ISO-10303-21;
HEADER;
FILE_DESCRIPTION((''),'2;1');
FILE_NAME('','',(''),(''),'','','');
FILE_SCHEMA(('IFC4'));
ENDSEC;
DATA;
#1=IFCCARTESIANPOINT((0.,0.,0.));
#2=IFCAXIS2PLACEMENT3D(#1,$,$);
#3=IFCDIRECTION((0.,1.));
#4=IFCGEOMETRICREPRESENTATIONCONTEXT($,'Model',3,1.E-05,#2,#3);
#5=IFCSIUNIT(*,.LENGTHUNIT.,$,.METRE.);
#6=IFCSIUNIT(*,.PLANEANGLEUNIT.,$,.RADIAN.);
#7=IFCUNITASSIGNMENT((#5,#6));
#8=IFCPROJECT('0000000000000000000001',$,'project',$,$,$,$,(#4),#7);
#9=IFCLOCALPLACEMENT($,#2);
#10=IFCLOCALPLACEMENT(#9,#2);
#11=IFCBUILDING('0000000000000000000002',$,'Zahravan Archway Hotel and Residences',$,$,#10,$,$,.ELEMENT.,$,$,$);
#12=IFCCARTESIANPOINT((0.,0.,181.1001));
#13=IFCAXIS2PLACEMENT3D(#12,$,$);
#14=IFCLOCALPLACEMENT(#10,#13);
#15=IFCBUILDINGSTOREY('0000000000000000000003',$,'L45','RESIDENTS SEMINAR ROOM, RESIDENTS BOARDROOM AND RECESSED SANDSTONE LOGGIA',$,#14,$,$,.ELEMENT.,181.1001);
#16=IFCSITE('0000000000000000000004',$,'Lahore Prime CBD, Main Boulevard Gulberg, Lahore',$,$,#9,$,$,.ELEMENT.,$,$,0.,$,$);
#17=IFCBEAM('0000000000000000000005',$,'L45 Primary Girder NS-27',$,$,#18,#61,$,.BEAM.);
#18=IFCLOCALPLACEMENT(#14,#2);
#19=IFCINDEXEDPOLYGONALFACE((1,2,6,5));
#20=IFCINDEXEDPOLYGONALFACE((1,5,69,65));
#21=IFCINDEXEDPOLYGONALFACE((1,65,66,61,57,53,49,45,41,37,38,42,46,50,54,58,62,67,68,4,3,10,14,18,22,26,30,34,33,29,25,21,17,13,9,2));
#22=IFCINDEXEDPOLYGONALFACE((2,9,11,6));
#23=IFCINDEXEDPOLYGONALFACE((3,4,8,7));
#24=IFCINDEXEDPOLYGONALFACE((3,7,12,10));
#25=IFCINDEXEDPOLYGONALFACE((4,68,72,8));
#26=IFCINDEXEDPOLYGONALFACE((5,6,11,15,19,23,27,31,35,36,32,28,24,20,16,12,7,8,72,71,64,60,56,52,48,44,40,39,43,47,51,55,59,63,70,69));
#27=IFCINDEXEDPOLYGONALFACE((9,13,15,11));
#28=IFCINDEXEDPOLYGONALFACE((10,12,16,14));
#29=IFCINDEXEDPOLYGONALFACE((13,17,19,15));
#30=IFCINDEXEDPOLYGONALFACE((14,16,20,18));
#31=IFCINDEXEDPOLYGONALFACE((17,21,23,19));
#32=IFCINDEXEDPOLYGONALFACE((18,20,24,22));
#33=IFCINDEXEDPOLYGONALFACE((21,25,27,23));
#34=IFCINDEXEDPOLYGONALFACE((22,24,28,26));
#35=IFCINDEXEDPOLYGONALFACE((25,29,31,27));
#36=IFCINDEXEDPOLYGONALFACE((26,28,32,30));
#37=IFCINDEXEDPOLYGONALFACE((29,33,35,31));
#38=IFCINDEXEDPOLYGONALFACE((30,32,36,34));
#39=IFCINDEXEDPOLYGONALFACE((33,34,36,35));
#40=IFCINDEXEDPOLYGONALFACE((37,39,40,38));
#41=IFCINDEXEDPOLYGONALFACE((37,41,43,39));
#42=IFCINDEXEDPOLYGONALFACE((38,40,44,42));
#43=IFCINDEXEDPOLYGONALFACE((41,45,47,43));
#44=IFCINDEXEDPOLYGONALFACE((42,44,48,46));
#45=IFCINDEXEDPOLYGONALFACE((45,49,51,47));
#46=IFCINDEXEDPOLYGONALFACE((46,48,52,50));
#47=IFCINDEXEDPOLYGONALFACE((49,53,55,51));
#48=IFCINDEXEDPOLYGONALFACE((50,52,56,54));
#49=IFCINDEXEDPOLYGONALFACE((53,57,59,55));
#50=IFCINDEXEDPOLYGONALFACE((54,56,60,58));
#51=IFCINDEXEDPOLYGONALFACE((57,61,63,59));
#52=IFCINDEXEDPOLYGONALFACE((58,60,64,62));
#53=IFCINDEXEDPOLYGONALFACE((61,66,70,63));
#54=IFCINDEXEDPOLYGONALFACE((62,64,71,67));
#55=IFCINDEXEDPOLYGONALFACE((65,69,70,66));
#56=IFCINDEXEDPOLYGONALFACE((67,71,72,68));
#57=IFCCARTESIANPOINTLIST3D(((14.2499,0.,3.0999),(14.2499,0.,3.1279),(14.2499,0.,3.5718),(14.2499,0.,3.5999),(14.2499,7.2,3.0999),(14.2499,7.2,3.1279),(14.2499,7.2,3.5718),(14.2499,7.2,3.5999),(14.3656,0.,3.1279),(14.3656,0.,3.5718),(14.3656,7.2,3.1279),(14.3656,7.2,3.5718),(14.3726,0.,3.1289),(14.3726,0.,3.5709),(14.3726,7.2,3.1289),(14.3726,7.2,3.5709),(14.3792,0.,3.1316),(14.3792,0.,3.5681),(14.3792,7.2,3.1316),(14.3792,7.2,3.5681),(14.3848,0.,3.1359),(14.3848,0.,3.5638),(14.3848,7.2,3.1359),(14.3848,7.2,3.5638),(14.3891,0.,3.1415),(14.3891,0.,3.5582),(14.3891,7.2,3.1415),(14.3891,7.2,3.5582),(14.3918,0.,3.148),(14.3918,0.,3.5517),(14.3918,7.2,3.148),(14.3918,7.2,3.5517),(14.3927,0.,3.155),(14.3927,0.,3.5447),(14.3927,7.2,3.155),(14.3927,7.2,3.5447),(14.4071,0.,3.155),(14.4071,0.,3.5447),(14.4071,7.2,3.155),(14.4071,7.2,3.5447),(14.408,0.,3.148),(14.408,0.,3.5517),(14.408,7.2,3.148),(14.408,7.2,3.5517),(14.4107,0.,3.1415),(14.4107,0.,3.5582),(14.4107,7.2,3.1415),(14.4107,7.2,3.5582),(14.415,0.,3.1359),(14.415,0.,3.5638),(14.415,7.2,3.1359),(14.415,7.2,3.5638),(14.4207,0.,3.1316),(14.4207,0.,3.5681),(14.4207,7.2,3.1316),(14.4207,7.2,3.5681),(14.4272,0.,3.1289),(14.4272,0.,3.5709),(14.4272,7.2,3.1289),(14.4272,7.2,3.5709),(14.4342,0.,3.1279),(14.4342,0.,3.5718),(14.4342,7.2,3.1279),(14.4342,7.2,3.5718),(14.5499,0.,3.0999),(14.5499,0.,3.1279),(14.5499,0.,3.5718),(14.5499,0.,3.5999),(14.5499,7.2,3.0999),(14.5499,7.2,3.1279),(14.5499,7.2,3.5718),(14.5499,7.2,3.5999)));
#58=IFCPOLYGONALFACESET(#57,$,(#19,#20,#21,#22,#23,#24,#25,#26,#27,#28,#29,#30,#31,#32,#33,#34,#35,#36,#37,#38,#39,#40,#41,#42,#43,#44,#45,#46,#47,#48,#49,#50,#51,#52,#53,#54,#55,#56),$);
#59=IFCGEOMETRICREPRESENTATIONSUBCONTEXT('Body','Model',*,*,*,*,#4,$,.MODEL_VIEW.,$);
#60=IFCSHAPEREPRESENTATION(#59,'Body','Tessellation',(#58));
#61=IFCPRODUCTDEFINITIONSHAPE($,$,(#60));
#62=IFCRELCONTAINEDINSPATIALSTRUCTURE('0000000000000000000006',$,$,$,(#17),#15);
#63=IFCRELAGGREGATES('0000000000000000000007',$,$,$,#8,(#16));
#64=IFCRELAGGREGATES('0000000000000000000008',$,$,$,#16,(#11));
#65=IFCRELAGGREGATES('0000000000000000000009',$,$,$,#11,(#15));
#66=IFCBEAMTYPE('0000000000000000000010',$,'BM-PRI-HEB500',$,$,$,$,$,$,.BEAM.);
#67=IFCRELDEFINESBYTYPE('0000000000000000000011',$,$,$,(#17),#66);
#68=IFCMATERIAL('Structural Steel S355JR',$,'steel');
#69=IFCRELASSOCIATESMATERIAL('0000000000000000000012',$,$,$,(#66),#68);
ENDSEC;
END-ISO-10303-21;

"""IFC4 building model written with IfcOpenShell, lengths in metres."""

from ifc_helpers import new_model, si_unit, direction, frame, origin, origin_2d, place, context, subcontext, project, spatial, i_section, extrude, source, transform, mapped, material, material_profile, profile_set, type_object, element, save


model = new_model("IFC4")

# Units and contexts
model_context = context("Model", 3, precision=1e-05, world=origin(), true_north=direction((0.0, 1.0)))
body_context = subcontext(model_context, "Body", "Model", "MODEL_VIEW")
ifc_project = project(units=[si_unit("LENGTHUNIT", "METRE"), si_unit("PLANEANGLEUNIT", "RADIAN")], contexts=[model_context])

# Site, building, storey
site_placement = place(None, origin())
site = spatial("IfcSite", under=ifc_project, at=site_placement, Name="Lahore Prime CBD, Main Boulevard Gulberg, Lahore", CompositionType="ELEMENT", RefElevation=0.0)
building_placement = place(site_placement, origin())
building = spatial("IfcBuilding", under=site, at=building_placement, Name="Zahravan Archway Hotel and Residences", CompositionType="ELEMENT")
storey_placement = place(building_placement, frame((0.0, 0.0, 181.1001)))
storey = spatial("IfcBuildingStorey", under=building, at=storey_placement, Name="L45", Description="RESIDENTS SEMINAR ROOM, RESIDENTS BOARDROOM AND RECESSED SANDSTONE LOGGIA", CompositionType="ELEMENT", Elevation=181.1001)

# Beam
ifc_material_1 = material(Name="Structural Steel S355JR", Category="steel")
ifc_material_profile = material_profile(ifc_material_1, i_section(OverallWidth=0.3, OverallDepth=0.5, WebThickness=0.0144, FlangeThickness=0.0281, FilletRadius=0.0271, at=origin_2d()), Name="HEB 500", Category="steel")
ifc_profile_set = profile_set([ifc_material_profile], Name="Structural Steel S355JR")
beam_type = type_object("IfcBeamType", Name="BM-PRI-HEB500", PredefinedType="BEAM", material=ifc_profile_set)
shared_shape_1 = source(origin(), body_context, "Body", "SweptSolid", [
    extrude(i_section(OverallWidth=0.3, OverallDepth=0.5, WebThickness=0.0144, FlangeThickness=0.0281, FilletRadius=0.0271, at=origin_2d()), origin(), (0.0, 0.0, 1.0), 7.2),
])
beam_placement = place(storey_placement, frame((14.3999, 0.0, 3.3499), z_axis=(0.0, 1.0, 0.0), x_axis=(-1.0, 0.0, 0.0)))
element("IfcBeam", 1, at=beam_placement, inside=storey, type_object=beam_type, Name="L45 Primary Girder NS-27", PredefinedType="BEAM", context=body_context, shape_type="MappedRepresentation", body=[
    mapped(shared_shape_1, transform((0.0, 0.0, 0.0), scale=1.0)),
])

save(model, "model.ifc")
